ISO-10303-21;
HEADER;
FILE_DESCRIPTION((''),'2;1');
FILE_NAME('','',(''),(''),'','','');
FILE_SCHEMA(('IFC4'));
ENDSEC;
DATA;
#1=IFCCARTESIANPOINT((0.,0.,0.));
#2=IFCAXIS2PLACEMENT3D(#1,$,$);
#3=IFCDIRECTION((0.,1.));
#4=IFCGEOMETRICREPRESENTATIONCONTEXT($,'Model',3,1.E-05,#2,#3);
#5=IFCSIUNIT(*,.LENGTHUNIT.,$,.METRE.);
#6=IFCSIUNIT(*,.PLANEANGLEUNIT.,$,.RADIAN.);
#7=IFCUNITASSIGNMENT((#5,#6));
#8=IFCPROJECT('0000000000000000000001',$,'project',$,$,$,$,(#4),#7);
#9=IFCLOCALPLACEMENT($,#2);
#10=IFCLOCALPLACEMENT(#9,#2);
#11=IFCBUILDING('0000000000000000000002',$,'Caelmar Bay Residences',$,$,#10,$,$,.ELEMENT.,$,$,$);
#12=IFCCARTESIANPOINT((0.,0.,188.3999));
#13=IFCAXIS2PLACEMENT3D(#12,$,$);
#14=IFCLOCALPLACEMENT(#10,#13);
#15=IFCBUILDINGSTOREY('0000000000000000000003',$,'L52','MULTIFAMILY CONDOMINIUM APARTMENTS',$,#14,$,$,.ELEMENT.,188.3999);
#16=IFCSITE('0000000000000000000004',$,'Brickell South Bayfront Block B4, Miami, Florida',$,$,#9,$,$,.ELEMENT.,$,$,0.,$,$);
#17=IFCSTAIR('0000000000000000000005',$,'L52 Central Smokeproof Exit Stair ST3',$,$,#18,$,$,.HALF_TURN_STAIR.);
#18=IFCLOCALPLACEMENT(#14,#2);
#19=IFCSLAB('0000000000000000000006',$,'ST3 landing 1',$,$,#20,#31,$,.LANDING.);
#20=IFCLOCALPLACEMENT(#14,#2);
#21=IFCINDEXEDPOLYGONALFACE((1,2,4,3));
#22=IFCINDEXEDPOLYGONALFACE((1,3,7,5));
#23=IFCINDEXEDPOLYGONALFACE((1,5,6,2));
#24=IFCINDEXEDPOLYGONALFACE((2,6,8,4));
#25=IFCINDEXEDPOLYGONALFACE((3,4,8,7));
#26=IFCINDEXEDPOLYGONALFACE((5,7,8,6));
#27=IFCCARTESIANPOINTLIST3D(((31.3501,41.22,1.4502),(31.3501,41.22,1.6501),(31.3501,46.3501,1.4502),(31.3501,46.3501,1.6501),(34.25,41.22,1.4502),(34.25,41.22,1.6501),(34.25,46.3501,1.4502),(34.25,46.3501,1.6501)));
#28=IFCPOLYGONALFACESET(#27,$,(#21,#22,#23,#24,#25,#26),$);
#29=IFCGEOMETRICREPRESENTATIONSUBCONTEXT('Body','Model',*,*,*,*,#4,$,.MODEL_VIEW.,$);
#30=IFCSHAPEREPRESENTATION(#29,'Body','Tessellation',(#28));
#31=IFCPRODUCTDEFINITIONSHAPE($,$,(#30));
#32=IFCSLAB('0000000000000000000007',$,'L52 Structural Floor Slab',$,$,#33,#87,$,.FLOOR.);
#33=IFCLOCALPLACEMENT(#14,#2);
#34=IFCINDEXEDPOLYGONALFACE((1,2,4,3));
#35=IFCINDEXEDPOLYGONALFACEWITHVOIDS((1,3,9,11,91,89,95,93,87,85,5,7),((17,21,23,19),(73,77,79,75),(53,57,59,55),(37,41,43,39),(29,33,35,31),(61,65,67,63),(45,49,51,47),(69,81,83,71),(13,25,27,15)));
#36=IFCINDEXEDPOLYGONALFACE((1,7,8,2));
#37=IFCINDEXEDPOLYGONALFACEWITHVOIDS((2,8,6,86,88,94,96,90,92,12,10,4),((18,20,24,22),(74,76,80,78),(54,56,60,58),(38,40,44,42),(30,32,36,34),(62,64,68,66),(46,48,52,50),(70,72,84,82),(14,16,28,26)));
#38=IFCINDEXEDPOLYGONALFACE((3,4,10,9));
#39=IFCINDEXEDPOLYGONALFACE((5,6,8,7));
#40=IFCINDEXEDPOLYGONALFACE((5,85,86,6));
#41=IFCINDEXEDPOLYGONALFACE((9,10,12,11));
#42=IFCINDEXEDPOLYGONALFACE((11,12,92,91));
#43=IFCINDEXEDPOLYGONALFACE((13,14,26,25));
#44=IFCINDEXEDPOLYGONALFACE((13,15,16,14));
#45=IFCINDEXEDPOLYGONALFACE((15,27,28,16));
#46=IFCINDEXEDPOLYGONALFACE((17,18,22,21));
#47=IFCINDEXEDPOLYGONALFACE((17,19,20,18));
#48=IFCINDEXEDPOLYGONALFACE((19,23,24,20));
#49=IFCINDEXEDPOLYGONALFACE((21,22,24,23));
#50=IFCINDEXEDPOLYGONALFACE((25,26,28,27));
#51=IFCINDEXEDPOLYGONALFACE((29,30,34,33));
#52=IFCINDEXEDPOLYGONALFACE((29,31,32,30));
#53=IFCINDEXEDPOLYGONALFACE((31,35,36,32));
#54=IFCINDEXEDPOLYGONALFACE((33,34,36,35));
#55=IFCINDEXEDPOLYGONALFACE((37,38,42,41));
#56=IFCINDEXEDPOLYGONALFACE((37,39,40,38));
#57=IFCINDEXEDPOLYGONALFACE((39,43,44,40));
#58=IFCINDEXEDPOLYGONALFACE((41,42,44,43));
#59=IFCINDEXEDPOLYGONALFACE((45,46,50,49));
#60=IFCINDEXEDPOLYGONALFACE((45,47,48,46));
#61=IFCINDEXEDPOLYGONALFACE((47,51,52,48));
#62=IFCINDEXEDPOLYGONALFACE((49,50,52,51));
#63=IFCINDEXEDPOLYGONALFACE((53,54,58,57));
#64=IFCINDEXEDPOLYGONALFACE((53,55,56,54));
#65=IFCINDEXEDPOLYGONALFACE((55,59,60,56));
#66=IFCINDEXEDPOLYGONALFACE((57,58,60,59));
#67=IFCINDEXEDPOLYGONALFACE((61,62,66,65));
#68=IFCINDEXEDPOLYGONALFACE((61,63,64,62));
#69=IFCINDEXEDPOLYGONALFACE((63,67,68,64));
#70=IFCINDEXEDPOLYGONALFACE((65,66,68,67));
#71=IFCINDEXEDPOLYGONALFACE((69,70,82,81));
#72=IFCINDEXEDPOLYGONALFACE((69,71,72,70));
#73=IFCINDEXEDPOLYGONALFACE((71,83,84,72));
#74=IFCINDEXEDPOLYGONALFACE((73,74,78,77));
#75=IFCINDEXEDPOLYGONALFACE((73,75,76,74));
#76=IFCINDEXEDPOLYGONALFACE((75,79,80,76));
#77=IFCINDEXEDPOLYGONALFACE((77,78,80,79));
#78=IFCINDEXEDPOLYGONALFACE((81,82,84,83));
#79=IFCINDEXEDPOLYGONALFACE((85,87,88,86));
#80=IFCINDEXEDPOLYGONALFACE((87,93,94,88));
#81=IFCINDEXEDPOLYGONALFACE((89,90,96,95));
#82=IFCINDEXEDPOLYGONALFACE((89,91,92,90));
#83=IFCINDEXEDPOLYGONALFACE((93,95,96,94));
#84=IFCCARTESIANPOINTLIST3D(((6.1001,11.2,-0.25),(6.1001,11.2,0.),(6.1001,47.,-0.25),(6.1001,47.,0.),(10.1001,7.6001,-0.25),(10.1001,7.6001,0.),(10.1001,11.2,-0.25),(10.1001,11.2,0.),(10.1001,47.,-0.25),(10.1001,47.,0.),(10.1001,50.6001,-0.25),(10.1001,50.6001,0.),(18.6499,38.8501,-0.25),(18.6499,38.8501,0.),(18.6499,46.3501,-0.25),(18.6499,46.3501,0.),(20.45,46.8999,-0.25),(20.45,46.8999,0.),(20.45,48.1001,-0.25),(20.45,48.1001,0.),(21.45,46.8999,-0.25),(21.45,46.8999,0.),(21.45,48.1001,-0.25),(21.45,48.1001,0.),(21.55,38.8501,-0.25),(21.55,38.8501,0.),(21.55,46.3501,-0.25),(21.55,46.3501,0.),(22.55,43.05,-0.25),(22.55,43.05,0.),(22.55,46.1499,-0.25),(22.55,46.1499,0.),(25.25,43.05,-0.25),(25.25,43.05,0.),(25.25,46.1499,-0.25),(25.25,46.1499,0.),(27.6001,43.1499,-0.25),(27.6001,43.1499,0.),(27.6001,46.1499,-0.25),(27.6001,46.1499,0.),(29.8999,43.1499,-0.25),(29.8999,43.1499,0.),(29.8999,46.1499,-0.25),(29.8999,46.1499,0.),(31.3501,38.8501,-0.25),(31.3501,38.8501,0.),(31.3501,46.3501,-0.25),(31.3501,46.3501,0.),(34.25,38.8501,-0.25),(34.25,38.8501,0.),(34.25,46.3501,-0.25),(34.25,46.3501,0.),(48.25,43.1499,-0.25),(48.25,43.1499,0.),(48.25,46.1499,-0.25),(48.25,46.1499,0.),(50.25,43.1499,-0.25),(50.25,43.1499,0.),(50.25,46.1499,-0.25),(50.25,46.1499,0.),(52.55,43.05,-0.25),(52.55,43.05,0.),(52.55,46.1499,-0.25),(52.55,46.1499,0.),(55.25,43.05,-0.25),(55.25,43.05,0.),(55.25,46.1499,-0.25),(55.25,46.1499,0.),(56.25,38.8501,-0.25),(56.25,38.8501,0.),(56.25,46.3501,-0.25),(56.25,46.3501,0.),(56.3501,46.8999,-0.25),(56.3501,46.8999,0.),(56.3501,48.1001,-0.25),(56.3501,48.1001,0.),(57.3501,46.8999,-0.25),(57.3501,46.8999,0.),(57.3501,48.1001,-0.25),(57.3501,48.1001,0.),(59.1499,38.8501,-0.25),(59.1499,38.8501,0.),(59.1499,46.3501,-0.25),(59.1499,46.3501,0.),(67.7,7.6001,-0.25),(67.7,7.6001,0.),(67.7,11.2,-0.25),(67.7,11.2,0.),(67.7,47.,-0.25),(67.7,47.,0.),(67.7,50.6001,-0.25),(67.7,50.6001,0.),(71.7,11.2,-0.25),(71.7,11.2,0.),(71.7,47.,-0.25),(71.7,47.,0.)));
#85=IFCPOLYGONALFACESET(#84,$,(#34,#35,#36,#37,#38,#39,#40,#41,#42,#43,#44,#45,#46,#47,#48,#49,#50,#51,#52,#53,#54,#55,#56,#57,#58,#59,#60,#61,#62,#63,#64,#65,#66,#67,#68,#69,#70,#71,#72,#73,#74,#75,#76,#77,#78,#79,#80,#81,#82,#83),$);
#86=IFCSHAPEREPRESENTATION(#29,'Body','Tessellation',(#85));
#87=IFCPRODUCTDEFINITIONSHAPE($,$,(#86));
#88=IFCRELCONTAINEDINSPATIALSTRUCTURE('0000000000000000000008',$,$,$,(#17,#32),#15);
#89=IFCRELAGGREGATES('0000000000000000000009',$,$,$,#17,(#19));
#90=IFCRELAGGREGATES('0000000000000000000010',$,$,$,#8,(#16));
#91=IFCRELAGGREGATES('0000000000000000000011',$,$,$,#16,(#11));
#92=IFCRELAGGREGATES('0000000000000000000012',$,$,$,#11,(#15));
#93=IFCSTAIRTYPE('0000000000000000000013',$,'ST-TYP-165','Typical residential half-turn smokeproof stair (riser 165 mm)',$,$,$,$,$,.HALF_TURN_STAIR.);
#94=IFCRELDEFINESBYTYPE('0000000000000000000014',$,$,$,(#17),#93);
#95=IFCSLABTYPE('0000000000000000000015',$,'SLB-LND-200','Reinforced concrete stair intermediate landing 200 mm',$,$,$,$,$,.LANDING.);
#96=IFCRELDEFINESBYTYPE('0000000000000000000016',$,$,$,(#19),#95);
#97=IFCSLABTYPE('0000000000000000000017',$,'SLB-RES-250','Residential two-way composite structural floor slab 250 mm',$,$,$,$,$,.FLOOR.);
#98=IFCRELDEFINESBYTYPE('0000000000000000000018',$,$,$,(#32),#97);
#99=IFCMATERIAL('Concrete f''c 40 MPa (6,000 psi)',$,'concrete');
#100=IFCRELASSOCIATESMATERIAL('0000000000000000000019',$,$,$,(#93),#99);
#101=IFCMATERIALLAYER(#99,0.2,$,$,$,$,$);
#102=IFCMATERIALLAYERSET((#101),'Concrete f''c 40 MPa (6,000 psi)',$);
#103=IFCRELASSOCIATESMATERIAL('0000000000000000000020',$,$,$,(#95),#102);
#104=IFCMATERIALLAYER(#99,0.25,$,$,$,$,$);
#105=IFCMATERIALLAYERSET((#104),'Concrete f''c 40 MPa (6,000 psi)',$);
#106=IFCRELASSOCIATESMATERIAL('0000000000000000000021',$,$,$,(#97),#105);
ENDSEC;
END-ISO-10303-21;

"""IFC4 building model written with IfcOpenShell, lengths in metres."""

from ifc_helpers import new_model, si_unit, direction, frame, origin, place, context, subcontext, project, spatial, polyline, outline, extrude, material, layer, layer_set, type_object, element, aggregate, save


model = new_model("IFC4")

# Units and contexts
model_context = context("Model", 3, precision=1e-05, world=origin(), true_north=direction((0.0, 1.0)))
body_context = subcontext(model_context, "Body", "Model", "MODEL_VIEW")
ifc_project = project(units=[si_unit("LENGTHUNIT", "METRE"), si_unit("PLANEANGLEUNIT", "RADIAN")], contexts=[model_context])

# Site, building, storey
site_placement = place(None, origin())
site = spatial("IfcSite", under=ifc_project, at=site_placement, Name="Brickell South Bayfront Block B4, Miami, Florida", CompositionType="ELEMENT", RefElevation=0.0)
building_placement = place(site_placement, origin())
building = spatial("IfcBuilding", under=site, at=building_placement, Name="Caelmar Bay Residences", CompositionType="ELEMENT")
storey_placement = place(building_placement, frame((0.0, 0.0, 188.3999)))
storey = spatial("IfcBuildingStorey", under=building, at=storey_placement, Name="L52", Description="MULTIFAMILY CONDOMINIUM APARTMENTS", CompositionType="ELEMENT", Elevation=188.3999)

# Shared definitions
ifc_material_1 = material(Name="Concrete f'c 40 MPa (6,000 psi)", Category="concrete")

# Stair, slab
stair_type = type_object("IfcStairType", Name="ST-TYP-165", Description="Typical residential half-turn smokeproof stair (riser 165 mm)", PredefinedType="HALF_TURN_STAIR", material=ifc_material_1)
ifc_layer_1 = layer(ifc_material_1, 0.2)
ifc_layer_set_1 = layer_set([ifc_layer_1], Name="Concrete f'c 40 MPa (6,000 psi)")
slab_type_1 = type_object("IfcSlabType", Name="SLB-LND-200", Description="Reinforced concrete stair intermediate landing 200 mm", PredefinedType="LANDING", material=ifc_layer_set_1)
stair_1_placement = place(storey_placement, origin())
stair_1 = element("IfcStair", 1, at=stair_1_placement, inside=storey, type_object=stair_type, Name="L52 Central Smokeproof Exit Stair ST3", PredefinedType="HALF_TURN_STAIR")
slab_1_placement = place(storey_placement, frame((0.0, 0.0, 1.4502)))
slab_1 = element("IfcSlab", 2, at=slab_1_placement, type_object=slab_type_1, Name="ST3 landing 1", PredefinedType="LANDING", context=body_context, shape_type="SweptSolid", body=[
    extrude(outline(polyline([(34.25, 41.22), (34.25, 46.3501), (31.3501, 46.3501), (31.3501, 41.22), (34.25, 41.22)])), origin(), (0.0, 0.0, 1.0), 0.2),
])
aggregate(stair_1, [slab_1])

# Slab
ifc_layer_2 = layer(ifc_material_1, 0.25)
ifc_layer_set_2 = layer_set([ifc_layer_2], Name="Concrete f'c 40 MPa (6,000 psi)")
slab_type_2 = type_object("IfcSlabType", Name="SLB-RES-250", Description="Residential two-way composite structural floor slab 250 mm", PredefinedType="FLOOR", material=ifc_layer_set_2)
slab_2_placement = place(storey_placement, frame((0.0, 0.0, -0.25)))
element("IfcSlab", 3, at=slab_2_placement, inside=storey, type_object=slab_type_2, Name="L52 Structural Floor Slab", PredefinedType="FLOOR", context=body_context, shape_type="SweptSolid", body=[
    extrude(outline(polyline([(10.1001, 7.6001), (67.7, 7.6001), (67.7, 11.2), (71.7, 11.2), (71.7, 47.0), (67.7, 47.0), (67.7, 50.6001), (10.1001, 50.6001), (10.1001, 47.0), (6.1001, 47.0), (6.1001, 11.2), (10.1001, 11.2), (10.1001, 7.6001)]), holes=[polyline([(18.6499, 38.8501), (21.55, 38.8501), (21.55, 46.3501), (18.6499, 46.3501), (18.6499, 38.8501)]), polyline([(56.25, 38.8501), (59.1499, 38.8501), (59.1499, 46.3501), (56.25, 46.3501), (56.25, 38.8501)]), polyline([(31.3501, 38.8501), (34.25, 38.8501), (34.25, 46.3501), (31.3501, 46.3501), (31.3501, 38.8501)]), polyline([(22.55, 43.05), (25.25, 43.05), (25.25, 46.1499), (22.55, 46.1499), (22.55, 43.05)]), polyline([(52.55, 43.05), (55.25, 43.05), (55.25, 46.1499), (52.55, 46.1499), (52.55, 43.05)]), polyline([(48.25, 43.1499), (50.25, 43.1499), (50.25, 46.1499), (48.25, 46.1499), (48.25, 43.1499)]), polyline([(27.6001, 43.1499), (29.8999, 43.1499), (29.8999, 46.1499), (27.6001, 46.1499), (27.6001, 43.1499)]), polyline([(20.45, 46.8999), (21.45, 46.8999), (21.45, 48.1001), (20.45, 48.1001), (20.45, 46.8999)]), polyline([(56.3501, 46.8999), (57.3501, 46.8999), (57.3501, 48.1001), (56.3501, 48.1001), (56.3501, 46.8999)])]), origin(), (0.0, 0.0, 1.0), 0.25),
])

save(model, "model.ifc")
